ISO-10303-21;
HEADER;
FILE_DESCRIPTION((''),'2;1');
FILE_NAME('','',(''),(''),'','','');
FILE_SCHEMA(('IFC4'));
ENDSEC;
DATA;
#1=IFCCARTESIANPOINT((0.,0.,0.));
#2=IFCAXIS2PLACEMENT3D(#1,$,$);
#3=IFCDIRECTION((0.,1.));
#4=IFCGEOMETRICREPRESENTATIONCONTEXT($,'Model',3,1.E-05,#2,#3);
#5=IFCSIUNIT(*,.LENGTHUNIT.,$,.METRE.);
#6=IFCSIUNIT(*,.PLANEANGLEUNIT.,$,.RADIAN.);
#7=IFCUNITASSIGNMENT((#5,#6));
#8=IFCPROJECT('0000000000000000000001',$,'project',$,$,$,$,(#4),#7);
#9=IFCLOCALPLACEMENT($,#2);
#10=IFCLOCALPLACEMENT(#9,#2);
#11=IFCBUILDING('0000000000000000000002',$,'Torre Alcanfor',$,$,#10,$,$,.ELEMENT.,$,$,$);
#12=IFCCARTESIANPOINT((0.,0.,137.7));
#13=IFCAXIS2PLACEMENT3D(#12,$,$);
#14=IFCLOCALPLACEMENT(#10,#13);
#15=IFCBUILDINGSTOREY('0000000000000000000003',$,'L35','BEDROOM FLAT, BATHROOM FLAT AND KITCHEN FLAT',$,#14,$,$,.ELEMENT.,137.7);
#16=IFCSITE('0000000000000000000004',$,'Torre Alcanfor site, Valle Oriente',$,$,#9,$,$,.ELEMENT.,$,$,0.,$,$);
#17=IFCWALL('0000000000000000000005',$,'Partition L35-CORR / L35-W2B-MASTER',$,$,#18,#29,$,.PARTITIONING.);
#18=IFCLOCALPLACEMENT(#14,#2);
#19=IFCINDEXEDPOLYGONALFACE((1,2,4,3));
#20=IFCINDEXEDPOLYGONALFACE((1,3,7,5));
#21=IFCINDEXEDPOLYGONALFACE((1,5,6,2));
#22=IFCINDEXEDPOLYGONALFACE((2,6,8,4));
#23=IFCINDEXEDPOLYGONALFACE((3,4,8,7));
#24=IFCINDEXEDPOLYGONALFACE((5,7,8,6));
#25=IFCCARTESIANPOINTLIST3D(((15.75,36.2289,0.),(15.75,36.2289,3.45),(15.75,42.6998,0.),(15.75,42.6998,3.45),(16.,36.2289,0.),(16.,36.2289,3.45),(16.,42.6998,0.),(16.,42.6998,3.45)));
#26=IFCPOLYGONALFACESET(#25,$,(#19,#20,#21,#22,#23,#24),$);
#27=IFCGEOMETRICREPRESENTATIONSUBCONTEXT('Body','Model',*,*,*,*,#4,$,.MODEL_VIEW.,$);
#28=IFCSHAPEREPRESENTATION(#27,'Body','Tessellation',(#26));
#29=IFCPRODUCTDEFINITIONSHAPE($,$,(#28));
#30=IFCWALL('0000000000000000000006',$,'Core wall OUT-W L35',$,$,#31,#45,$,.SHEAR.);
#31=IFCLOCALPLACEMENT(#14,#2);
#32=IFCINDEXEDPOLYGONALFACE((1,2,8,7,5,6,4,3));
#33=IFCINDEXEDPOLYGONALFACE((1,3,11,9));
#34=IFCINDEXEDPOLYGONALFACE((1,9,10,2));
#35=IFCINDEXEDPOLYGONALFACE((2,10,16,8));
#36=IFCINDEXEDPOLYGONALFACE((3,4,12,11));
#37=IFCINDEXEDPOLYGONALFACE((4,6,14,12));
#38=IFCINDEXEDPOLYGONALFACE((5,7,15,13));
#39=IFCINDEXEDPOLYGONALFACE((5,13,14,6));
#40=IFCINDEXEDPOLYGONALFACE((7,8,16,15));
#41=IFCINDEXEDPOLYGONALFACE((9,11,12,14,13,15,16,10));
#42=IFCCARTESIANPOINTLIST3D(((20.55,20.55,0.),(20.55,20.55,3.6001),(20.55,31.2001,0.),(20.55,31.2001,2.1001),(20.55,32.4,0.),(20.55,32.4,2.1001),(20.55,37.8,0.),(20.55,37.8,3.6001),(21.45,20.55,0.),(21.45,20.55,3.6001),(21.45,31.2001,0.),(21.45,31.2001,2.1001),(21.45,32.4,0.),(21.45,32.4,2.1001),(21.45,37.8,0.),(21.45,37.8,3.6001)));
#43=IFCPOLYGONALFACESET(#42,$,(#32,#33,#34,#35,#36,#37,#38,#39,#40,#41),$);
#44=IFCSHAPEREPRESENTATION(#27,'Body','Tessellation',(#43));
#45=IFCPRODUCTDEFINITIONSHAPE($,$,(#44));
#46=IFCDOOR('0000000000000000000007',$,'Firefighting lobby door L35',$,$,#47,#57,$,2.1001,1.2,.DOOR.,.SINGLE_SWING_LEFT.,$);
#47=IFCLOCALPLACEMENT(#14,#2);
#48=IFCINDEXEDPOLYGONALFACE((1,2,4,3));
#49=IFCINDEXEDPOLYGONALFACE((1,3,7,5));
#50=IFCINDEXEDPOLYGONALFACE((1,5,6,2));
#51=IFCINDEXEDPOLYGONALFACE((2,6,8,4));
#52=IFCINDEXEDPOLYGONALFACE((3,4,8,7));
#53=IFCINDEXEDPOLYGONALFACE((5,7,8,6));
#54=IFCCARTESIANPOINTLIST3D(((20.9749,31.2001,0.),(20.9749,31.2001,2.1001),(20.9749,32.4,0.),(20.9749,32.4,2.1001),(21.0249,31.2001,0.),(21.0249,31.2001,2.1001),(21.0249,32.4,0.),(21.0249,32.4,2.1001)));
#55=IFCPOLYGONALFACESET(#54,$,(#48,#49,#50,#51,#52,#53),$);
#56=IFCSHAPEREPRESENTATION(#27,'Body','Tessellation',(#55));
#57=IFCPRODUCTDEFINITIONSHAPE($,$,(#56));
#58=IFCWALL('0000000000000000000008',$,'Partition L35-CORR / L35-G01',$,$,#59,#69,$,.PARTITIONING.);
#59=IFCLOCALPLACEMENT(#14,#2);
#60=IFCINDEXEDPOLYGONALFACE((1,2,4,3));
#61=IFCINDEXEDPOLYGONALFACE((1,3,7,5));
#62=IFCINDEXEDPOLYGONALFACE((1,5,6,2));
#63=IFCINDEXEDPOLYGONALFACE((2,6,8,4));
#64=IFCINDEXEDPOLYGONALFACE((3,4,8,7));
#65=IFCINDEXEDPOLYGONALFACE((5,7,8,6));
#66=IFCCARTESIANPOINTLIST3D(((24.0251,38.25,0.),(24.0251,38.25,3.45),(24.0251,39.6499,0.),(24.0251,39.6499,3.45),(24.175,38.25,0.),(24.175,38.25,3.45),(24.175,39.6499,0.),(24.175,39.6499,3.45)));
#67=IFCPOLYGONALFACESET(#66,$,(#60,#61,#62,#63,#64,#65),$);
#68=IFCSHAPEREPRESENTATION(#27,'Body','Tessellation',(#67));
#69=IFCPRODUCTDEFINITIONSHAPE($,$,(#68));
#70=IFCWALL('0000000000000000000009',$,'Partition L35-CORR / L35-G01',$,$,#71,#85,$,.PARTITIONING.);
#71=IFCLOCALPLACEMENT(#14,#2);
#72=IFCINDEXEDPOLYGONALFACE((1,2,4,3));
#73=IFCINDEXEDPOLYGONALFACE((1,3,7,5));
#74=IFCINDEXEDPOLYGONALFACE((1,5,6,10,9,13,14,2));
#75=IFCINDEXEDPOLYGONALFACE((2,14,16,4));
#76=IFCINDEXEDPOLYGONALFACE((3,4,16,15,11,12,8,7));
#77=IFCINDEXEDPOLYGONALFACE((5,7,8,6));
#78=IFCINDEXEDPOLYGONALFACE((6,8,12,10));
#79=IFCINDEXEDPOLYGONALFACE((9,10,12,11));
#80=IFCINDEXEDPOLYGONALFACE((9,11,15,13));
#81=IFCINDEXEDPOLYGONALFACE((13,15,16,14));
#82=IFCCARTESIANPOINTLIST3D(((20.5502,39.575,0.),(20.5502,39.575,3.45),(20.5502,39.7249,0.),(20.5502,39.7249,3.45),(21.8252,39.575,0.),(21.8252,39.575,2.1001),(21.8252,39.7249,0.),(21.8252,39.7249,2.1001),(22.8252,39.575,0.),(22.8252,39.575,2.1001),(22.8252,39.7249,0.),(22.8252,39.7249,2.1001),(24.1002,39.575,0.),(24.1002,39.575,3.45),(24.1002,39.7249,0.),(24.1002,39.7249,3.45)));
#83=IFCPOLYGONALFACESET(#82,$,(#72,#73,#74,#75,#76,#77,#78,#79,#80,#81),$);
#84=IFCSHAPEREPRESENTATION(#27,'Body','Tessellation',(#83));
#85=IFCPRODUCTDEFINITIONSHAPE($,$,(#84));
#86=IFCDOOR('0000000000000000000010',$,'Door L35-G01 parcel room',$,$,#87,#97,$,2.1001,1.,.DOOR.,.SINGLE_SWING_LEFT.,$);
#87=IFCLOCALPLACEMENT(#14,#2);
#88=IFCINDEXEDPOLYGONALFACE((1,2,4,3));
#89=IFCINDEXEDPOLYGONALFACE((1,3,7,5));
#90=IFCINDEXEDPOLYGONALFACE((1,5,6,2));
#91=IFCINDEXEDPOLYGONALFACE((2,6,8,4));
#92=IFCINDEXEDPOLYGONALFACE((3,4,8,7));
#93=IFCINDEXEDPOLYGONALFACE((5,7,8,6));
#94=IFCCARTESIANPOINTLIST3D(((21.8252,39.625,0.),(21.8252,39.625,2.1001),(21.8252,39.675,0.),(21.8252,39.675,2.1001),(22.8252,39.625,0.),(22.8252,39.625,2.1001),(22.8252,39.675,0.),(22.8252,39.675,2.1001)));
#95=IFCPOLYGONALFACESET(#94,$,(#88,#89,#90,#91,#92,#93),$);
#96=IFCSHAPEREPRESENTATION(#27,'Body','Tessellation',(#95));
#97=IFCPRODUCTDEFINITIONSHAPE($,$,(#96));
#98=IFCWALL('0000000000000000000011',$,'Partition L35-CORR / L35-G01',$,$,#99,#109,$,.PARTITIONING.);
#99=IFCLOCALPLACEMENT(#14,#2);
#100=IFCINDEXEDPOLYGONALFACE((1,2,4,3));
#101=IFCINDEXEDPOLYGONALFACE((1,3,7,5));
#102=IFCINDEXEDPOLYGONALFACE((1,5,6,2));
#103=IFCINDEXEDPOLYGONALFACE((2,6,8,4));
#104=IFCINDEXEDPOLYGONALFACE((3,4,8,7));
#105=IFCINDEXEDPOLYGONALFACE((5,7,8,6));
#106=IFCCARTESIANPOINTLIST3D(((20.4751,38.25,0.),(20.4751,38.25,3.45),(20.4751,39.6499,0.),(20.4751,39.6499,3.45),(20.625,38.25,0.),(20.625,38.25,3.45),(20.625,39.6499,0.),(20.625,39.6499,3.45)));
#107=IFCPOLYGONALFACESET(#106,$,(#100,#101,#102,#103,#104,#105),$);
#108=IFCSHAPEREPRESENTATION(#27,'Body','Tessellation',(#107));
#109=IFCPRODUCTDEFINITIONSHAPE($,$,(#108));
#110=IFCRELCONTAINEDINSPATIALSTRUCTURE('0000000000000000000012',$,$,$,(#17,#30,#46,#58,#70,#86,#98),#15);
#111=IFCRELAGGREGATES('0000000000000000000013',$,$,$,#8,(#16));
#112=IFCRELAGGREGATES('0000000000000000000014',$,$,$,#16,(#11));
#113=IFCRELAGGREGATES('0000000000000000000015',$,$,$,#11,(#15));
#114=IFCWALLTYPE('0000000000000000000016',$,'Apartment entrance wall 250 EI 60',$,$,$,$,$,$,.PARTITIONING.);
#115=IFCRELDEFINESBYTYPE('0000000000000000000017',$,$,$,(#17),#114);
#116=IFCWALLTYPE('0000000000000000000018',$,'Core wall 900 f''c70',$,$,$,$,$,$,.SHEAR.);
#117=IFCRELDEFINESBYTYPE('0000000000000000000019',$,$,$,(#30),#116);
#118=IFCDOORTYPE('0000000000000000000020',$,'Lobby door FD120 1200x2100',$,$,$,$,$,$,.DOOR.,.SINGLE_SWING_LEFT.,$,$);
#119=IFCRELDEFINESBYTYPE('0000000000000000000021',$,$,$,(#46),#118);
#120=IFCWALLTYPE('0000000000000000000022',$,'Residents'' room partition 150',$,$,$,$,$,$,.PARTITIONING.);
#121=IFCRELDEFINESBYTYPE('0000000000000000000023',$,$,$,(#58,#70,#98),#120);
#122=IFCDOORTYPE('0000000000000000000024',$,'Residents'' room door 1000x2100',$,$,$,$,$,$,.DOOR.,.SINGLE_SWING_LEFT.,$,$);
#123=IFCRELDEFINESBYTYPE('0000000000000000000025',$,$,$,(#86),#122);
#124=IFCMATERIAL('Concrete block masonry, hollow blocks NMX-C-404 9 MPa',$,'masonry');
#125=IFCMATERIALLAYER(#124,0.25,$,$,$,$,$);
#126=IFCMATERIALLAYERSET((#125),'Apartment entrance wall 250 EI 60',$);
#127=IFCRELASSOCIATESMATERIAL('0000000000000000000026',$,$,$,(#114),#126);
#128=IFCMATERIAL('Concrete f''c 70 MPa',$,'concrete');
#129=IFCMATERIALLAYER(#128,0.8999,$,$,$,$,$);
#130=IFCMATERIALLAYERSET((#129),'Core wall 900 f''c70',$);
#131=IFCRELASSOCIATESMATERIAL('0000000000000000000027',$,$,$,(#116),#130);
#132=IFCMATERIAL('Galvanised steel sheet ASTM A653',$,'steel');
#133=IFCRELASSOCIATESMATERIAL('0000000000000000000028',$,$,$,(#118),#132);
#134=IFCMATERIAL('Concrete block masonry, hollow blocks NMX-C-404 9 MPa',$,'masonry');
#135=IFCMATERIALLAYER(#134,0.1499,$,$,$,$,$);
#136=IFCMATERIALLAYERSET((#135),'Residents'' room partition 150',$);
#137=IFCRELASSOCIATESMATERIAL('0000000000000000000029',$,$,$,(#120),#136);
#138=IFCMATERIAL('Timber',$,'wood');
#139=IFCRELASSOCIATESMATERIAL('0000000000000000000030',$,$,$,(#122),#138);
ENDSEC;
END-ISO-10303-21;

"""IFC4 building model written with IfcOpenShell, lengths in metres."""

from ifc_helpers import new_model, si_unit, direction, frame, frame_2d, origin, place, context, subcontext, project, spatial, rectangle, extrude, material, layer, layer_set, type_object, element, fill, save


model = new_model("IFC4")

# Units and contexts
model_context = context("Model", 3, precision=1e-05, world=origin(), true_north=direction((0.0, 1.0)))
body_context = subcontext(model_context, "Body", "Model", "MODEL_VIEW")
ifc_project = project(units=[si_unit("LENGTHUNIT", "METRE"), si_unit("PLANEANGLEUNIT", "RADIAN")], contexts=[model_context])

# Site, building, storey
site_placement = place(None, origin())
site = spatial("IfcSite", under=ifc_project, at=site_placement, Name="Torre Alcanfor site, Valle Oriente", CompositionType="ELEMENT", RefElevation=0.0)
building_placement = place(site_placement, origin())
building = spatial("IfcBuilding", under=site, at=building_placement, Name="Torre Alcanfor", CompositionType="ELEMENT")
storey_placement = place(building_placement, frame((0.0, 0.0, 137.7)))
storey = spatial("IfcBuildingStorey", under=building, at=storey_placement, Name="L35", Description="BEDROOM FLAT, BATHROOM FLAT AND KITCHEN FLAT", CompositionType="ELEMENT", Elevation=137.7)

# Wall
ifc_material_1 = material(Name="Concrete block masonry, hollow blocks NMX-C-404 9 MPa", Category="masonry")
ifc_layer_1 = layer(ifc_material_1, 0.25)
ifc_layer_set_1 = layer_set([ifc_layer_1], Name="Apartment entrance wall 250 EI 60")
wall_type_1 = type_object("IfcWallType", Name="Apartment entrance wall 250 EI 60", PredefinedType="PARTITIONING", material=ifc_layer_set_1)
wall_1_placement = place(storey_placement, frame((15.875, 36.229, 0.0), z_axis=(0.0, 0.0, 1.0), x_axis=(0.0, 1.0, 0.0)))
element("IfcWall", 1, at=wall_1_placement, inside=storey, type_object=wall_type_1, Name="Partition L35-CORR / L35-W2B-MASTER", PredefinedType="PARTITIONING", context=body_context, shape_type="SweptSolid", body=[
    extrude(rectangle(XDim=6.4709, YDim=0.25, at=frame_2d((3.2354, 0.0))), origin(), (0.0, 0.0, 1.0), 3.45),
])

# Wall, opening, door
ifc_material_2 = material(Name="Concrete f'c 70 MPa", Category="concrete")
ifc_layer_2 = layer(ifc_material_2, 0.8999)
ifc_layer_set_2 = layer_set([ifc_layer_2], Name="Core wall 900 f'c70")
wall_type_2 = type_object("IfcWallType", Name="Core wall 900 f'c70", PredefinedType="SHEAR", material=ifc_layer_set_2)
wall_2_placement = place(storey_placement, frame((21.0, 37.8, 0.0), z_axis=(0.0, 0.0, 1.0), x_axis=(0.0, -1.0, 0.0)))
wall_2 = element("IfcWall", 2, at=wall_2_placement, inside=storey, type_object=wall_type_2, Name="Core wall OUT-W L35", PredefinedType="SHEAR", context=body_context, shape_type="SweptSolid", body=[
    extrude(rectangle(XDim=17.25, YDim=0.8999, at=frame_2d((8.625, 0.0))), origin(), (0.0, 0.0, 1.0), 3.6001),
])
opening_1_placement = place(wall_2_placement, frame((5.3999, 0.0, 0.0)))
opening_1 = element("IfcOpeningElement", 3, at=opening_1_placement, cuts=wall_2, PredefinedType="OPENING", context=body_context, shape_type="SweptSolid", body=[
    extrude(rectangle(XDim=1.2, YDim=2.1001, at=frame_2d((0.6001, 1.05))), frame((0.0, 0.46, 0.0), z_axis=(0.0, -1.0, 0.0), x_axis=(1.0, 0.0, 0.0)), (0.0, 0.0, 1.0), 0.9199),
])
ifc_material_3 = material(Name="Galvanised steel sheet ASTM A653", Category="steel")
door_type_1 = type_object("IfcDoorType", Name="Lobby door FD120 1200x2100", OperationType="SINGLE_SWING_LEFT", PredefinedType="DOOR", material=ifc_material_3)
door_1_placement = place(opening_1_placement, origin())
door_1 = element("IfcDoor", 4, at=door_1_placement, inside=storey, type_object=door_type_1, Name="Firefighting lobby door L35", OperationType="SINGLE_SWING_LEFT", OverallHeight=2.1001, OverallWidth=1.2, PredefinedType="DOOR", context=body_context, shape_type="SweptSolid", body=[
    extrude(rectangle(XDim=1.2, YDim=2.1001, at=frame_2d((0.6001, 1.05))), frame((0.0, 0.0249, 0.0), z_axis=(0.0, -1.0, 0.0), x_axis=(1.0, 0.0, 0.0)), (0.0, 0.0, 1.0), 0.05),
])
fill(opening_1, door_1)

# Wall
ifc_material_4 = material(Name="Concrete block masonry, hollow blocks NMX-C-404 9 MPa", Category="masonry")
ifc_layer_3 = layer(ifc_material_4, 0.1499)
ifc_layer_set_3 = layer_set([ifc_layer_3], Name="Residents' room partition 150")
wall_type_3 = type_object("IfcWallType", Name="Residents' room partition 150", PredefinedType="PARTITIONING", material=ifc_layer_set_3)
wall_3_placement = place(storey_placement, frame((24.1001, 38.25, 0.0), z_axis=(0.0, 0.0, 1.0), x_axis=(0.0, 1.0, 0.0)))
element("IfcWall", 5, at=wall_3_placement, inside=storey, type_object=wall_type_3, Name="Partition L35-CORR / L35-G01", PredefinedType="PARTITIONING", context=body_context, shape_type="SweptSolid", body=[
    extrude(rectangle(XDim=1.3999, YDim=0.1499, at=frame_2d((0.7, 0.0))), origin(), (0.0, 0.0, 1.0), 3.45),
])

# Wall, opening, door
wall_4_placement = place(storey_placement, frame((24.1001, 39.6499, 0.0), z_axis=(0.0, 0.0, 1.0), x_axis=(-1.0, 0.0, 0.0)))
wall_4 = element("IfcWall", 6, at=wall_4_placement, inside=storey, type_object=wall_type_3, Name="Partition L35-CORR / L35-G01", PredefinedType="PARTITIONING", context=body_context, shape_type="SweptSolid", body=[
    extrude(rectangle(XDim=3.55, YDim=0.1499, at=frame_2d((1.7749, 0.0))), origin(), (0.0, 0.0, 1.0), 3.45),
])
opening_2_placement = place(wall_4_placement, frame((1.2749, 0.0, 0.0)))
opening_2 = element("IfcOpeningElement", 7, at=opening_2_placement, cuts=wall_4, PredefinedType="OPENING", context=body_context, shape_type="SweptSolid", body=[
    extrude(rectangle(XDim=1.0, YDim=2.1001, at=frame_2d((0.5, 1.05))), frame((0.0, 0.085, 0.0), z_axis=(0.0, -1.0, 0.0), x_axis=(1.0, 0.0, 0.0)), (0.0, 0.0, 1.0), 0.1699),
])
ifc_material_5 = material(Name="Timber", Category="wood")
door_type_2 = type_object("IfcDoorType", Name="Residents' room door 1000x2100", OperationType="SINGLE_SWING_LEFT", PredefinedType="DOOR", material=ifc_material_5)
door_2_placement = place(opening_2_placement, origin())
door_2 = element("IfcDoor", 8, at=door_2_placement, inside=storey, type_object=door_type_2, Name="Door L35-G01 parcel room", OperationType="SINGLE_SWING_LEFT", OverallHeight=2.1001, OverallWidth=1.0, PredefinedType="DOOR", context=body_context, shape_type="SweptSolid", body=[
    extrude(rectangle(XDim=1.0, YDim=2.1001, at=frame_2d((0.5, 1.05))), frame((0.0, 0.0249, 0.0), z_axis=(0.0, -1.0, 0.0), x_axis=(1.0, 0.0, 0.0)), (0.0, 0.0, 1.0), 0.05),
])
fill(opening_2, door_2)

# Wall
wall_5_placement = place(storey_placement, frame((20.55, 39.6499, 0.0), z_axis=(0.0, 0.0, 1.0), x_axis=(0.0, -1.0, 0.0)))
element("IfcWall", 9, at=wall_5_placement, inside=storey, type_object=wall_type_3, Name="Partition L35-CORR / L35-G01", PredefinedType="PARTITIONING", context=body_context, shape_type="SweptSolid", body=[
    extrude(rectangle(XDim=1.3999, YDim=0.1499, at=frame_2d((0.7, 0.0))), origin(), (0.0, 0.0, 1.0), 3.45),
])

save(model, "model.ifc")
